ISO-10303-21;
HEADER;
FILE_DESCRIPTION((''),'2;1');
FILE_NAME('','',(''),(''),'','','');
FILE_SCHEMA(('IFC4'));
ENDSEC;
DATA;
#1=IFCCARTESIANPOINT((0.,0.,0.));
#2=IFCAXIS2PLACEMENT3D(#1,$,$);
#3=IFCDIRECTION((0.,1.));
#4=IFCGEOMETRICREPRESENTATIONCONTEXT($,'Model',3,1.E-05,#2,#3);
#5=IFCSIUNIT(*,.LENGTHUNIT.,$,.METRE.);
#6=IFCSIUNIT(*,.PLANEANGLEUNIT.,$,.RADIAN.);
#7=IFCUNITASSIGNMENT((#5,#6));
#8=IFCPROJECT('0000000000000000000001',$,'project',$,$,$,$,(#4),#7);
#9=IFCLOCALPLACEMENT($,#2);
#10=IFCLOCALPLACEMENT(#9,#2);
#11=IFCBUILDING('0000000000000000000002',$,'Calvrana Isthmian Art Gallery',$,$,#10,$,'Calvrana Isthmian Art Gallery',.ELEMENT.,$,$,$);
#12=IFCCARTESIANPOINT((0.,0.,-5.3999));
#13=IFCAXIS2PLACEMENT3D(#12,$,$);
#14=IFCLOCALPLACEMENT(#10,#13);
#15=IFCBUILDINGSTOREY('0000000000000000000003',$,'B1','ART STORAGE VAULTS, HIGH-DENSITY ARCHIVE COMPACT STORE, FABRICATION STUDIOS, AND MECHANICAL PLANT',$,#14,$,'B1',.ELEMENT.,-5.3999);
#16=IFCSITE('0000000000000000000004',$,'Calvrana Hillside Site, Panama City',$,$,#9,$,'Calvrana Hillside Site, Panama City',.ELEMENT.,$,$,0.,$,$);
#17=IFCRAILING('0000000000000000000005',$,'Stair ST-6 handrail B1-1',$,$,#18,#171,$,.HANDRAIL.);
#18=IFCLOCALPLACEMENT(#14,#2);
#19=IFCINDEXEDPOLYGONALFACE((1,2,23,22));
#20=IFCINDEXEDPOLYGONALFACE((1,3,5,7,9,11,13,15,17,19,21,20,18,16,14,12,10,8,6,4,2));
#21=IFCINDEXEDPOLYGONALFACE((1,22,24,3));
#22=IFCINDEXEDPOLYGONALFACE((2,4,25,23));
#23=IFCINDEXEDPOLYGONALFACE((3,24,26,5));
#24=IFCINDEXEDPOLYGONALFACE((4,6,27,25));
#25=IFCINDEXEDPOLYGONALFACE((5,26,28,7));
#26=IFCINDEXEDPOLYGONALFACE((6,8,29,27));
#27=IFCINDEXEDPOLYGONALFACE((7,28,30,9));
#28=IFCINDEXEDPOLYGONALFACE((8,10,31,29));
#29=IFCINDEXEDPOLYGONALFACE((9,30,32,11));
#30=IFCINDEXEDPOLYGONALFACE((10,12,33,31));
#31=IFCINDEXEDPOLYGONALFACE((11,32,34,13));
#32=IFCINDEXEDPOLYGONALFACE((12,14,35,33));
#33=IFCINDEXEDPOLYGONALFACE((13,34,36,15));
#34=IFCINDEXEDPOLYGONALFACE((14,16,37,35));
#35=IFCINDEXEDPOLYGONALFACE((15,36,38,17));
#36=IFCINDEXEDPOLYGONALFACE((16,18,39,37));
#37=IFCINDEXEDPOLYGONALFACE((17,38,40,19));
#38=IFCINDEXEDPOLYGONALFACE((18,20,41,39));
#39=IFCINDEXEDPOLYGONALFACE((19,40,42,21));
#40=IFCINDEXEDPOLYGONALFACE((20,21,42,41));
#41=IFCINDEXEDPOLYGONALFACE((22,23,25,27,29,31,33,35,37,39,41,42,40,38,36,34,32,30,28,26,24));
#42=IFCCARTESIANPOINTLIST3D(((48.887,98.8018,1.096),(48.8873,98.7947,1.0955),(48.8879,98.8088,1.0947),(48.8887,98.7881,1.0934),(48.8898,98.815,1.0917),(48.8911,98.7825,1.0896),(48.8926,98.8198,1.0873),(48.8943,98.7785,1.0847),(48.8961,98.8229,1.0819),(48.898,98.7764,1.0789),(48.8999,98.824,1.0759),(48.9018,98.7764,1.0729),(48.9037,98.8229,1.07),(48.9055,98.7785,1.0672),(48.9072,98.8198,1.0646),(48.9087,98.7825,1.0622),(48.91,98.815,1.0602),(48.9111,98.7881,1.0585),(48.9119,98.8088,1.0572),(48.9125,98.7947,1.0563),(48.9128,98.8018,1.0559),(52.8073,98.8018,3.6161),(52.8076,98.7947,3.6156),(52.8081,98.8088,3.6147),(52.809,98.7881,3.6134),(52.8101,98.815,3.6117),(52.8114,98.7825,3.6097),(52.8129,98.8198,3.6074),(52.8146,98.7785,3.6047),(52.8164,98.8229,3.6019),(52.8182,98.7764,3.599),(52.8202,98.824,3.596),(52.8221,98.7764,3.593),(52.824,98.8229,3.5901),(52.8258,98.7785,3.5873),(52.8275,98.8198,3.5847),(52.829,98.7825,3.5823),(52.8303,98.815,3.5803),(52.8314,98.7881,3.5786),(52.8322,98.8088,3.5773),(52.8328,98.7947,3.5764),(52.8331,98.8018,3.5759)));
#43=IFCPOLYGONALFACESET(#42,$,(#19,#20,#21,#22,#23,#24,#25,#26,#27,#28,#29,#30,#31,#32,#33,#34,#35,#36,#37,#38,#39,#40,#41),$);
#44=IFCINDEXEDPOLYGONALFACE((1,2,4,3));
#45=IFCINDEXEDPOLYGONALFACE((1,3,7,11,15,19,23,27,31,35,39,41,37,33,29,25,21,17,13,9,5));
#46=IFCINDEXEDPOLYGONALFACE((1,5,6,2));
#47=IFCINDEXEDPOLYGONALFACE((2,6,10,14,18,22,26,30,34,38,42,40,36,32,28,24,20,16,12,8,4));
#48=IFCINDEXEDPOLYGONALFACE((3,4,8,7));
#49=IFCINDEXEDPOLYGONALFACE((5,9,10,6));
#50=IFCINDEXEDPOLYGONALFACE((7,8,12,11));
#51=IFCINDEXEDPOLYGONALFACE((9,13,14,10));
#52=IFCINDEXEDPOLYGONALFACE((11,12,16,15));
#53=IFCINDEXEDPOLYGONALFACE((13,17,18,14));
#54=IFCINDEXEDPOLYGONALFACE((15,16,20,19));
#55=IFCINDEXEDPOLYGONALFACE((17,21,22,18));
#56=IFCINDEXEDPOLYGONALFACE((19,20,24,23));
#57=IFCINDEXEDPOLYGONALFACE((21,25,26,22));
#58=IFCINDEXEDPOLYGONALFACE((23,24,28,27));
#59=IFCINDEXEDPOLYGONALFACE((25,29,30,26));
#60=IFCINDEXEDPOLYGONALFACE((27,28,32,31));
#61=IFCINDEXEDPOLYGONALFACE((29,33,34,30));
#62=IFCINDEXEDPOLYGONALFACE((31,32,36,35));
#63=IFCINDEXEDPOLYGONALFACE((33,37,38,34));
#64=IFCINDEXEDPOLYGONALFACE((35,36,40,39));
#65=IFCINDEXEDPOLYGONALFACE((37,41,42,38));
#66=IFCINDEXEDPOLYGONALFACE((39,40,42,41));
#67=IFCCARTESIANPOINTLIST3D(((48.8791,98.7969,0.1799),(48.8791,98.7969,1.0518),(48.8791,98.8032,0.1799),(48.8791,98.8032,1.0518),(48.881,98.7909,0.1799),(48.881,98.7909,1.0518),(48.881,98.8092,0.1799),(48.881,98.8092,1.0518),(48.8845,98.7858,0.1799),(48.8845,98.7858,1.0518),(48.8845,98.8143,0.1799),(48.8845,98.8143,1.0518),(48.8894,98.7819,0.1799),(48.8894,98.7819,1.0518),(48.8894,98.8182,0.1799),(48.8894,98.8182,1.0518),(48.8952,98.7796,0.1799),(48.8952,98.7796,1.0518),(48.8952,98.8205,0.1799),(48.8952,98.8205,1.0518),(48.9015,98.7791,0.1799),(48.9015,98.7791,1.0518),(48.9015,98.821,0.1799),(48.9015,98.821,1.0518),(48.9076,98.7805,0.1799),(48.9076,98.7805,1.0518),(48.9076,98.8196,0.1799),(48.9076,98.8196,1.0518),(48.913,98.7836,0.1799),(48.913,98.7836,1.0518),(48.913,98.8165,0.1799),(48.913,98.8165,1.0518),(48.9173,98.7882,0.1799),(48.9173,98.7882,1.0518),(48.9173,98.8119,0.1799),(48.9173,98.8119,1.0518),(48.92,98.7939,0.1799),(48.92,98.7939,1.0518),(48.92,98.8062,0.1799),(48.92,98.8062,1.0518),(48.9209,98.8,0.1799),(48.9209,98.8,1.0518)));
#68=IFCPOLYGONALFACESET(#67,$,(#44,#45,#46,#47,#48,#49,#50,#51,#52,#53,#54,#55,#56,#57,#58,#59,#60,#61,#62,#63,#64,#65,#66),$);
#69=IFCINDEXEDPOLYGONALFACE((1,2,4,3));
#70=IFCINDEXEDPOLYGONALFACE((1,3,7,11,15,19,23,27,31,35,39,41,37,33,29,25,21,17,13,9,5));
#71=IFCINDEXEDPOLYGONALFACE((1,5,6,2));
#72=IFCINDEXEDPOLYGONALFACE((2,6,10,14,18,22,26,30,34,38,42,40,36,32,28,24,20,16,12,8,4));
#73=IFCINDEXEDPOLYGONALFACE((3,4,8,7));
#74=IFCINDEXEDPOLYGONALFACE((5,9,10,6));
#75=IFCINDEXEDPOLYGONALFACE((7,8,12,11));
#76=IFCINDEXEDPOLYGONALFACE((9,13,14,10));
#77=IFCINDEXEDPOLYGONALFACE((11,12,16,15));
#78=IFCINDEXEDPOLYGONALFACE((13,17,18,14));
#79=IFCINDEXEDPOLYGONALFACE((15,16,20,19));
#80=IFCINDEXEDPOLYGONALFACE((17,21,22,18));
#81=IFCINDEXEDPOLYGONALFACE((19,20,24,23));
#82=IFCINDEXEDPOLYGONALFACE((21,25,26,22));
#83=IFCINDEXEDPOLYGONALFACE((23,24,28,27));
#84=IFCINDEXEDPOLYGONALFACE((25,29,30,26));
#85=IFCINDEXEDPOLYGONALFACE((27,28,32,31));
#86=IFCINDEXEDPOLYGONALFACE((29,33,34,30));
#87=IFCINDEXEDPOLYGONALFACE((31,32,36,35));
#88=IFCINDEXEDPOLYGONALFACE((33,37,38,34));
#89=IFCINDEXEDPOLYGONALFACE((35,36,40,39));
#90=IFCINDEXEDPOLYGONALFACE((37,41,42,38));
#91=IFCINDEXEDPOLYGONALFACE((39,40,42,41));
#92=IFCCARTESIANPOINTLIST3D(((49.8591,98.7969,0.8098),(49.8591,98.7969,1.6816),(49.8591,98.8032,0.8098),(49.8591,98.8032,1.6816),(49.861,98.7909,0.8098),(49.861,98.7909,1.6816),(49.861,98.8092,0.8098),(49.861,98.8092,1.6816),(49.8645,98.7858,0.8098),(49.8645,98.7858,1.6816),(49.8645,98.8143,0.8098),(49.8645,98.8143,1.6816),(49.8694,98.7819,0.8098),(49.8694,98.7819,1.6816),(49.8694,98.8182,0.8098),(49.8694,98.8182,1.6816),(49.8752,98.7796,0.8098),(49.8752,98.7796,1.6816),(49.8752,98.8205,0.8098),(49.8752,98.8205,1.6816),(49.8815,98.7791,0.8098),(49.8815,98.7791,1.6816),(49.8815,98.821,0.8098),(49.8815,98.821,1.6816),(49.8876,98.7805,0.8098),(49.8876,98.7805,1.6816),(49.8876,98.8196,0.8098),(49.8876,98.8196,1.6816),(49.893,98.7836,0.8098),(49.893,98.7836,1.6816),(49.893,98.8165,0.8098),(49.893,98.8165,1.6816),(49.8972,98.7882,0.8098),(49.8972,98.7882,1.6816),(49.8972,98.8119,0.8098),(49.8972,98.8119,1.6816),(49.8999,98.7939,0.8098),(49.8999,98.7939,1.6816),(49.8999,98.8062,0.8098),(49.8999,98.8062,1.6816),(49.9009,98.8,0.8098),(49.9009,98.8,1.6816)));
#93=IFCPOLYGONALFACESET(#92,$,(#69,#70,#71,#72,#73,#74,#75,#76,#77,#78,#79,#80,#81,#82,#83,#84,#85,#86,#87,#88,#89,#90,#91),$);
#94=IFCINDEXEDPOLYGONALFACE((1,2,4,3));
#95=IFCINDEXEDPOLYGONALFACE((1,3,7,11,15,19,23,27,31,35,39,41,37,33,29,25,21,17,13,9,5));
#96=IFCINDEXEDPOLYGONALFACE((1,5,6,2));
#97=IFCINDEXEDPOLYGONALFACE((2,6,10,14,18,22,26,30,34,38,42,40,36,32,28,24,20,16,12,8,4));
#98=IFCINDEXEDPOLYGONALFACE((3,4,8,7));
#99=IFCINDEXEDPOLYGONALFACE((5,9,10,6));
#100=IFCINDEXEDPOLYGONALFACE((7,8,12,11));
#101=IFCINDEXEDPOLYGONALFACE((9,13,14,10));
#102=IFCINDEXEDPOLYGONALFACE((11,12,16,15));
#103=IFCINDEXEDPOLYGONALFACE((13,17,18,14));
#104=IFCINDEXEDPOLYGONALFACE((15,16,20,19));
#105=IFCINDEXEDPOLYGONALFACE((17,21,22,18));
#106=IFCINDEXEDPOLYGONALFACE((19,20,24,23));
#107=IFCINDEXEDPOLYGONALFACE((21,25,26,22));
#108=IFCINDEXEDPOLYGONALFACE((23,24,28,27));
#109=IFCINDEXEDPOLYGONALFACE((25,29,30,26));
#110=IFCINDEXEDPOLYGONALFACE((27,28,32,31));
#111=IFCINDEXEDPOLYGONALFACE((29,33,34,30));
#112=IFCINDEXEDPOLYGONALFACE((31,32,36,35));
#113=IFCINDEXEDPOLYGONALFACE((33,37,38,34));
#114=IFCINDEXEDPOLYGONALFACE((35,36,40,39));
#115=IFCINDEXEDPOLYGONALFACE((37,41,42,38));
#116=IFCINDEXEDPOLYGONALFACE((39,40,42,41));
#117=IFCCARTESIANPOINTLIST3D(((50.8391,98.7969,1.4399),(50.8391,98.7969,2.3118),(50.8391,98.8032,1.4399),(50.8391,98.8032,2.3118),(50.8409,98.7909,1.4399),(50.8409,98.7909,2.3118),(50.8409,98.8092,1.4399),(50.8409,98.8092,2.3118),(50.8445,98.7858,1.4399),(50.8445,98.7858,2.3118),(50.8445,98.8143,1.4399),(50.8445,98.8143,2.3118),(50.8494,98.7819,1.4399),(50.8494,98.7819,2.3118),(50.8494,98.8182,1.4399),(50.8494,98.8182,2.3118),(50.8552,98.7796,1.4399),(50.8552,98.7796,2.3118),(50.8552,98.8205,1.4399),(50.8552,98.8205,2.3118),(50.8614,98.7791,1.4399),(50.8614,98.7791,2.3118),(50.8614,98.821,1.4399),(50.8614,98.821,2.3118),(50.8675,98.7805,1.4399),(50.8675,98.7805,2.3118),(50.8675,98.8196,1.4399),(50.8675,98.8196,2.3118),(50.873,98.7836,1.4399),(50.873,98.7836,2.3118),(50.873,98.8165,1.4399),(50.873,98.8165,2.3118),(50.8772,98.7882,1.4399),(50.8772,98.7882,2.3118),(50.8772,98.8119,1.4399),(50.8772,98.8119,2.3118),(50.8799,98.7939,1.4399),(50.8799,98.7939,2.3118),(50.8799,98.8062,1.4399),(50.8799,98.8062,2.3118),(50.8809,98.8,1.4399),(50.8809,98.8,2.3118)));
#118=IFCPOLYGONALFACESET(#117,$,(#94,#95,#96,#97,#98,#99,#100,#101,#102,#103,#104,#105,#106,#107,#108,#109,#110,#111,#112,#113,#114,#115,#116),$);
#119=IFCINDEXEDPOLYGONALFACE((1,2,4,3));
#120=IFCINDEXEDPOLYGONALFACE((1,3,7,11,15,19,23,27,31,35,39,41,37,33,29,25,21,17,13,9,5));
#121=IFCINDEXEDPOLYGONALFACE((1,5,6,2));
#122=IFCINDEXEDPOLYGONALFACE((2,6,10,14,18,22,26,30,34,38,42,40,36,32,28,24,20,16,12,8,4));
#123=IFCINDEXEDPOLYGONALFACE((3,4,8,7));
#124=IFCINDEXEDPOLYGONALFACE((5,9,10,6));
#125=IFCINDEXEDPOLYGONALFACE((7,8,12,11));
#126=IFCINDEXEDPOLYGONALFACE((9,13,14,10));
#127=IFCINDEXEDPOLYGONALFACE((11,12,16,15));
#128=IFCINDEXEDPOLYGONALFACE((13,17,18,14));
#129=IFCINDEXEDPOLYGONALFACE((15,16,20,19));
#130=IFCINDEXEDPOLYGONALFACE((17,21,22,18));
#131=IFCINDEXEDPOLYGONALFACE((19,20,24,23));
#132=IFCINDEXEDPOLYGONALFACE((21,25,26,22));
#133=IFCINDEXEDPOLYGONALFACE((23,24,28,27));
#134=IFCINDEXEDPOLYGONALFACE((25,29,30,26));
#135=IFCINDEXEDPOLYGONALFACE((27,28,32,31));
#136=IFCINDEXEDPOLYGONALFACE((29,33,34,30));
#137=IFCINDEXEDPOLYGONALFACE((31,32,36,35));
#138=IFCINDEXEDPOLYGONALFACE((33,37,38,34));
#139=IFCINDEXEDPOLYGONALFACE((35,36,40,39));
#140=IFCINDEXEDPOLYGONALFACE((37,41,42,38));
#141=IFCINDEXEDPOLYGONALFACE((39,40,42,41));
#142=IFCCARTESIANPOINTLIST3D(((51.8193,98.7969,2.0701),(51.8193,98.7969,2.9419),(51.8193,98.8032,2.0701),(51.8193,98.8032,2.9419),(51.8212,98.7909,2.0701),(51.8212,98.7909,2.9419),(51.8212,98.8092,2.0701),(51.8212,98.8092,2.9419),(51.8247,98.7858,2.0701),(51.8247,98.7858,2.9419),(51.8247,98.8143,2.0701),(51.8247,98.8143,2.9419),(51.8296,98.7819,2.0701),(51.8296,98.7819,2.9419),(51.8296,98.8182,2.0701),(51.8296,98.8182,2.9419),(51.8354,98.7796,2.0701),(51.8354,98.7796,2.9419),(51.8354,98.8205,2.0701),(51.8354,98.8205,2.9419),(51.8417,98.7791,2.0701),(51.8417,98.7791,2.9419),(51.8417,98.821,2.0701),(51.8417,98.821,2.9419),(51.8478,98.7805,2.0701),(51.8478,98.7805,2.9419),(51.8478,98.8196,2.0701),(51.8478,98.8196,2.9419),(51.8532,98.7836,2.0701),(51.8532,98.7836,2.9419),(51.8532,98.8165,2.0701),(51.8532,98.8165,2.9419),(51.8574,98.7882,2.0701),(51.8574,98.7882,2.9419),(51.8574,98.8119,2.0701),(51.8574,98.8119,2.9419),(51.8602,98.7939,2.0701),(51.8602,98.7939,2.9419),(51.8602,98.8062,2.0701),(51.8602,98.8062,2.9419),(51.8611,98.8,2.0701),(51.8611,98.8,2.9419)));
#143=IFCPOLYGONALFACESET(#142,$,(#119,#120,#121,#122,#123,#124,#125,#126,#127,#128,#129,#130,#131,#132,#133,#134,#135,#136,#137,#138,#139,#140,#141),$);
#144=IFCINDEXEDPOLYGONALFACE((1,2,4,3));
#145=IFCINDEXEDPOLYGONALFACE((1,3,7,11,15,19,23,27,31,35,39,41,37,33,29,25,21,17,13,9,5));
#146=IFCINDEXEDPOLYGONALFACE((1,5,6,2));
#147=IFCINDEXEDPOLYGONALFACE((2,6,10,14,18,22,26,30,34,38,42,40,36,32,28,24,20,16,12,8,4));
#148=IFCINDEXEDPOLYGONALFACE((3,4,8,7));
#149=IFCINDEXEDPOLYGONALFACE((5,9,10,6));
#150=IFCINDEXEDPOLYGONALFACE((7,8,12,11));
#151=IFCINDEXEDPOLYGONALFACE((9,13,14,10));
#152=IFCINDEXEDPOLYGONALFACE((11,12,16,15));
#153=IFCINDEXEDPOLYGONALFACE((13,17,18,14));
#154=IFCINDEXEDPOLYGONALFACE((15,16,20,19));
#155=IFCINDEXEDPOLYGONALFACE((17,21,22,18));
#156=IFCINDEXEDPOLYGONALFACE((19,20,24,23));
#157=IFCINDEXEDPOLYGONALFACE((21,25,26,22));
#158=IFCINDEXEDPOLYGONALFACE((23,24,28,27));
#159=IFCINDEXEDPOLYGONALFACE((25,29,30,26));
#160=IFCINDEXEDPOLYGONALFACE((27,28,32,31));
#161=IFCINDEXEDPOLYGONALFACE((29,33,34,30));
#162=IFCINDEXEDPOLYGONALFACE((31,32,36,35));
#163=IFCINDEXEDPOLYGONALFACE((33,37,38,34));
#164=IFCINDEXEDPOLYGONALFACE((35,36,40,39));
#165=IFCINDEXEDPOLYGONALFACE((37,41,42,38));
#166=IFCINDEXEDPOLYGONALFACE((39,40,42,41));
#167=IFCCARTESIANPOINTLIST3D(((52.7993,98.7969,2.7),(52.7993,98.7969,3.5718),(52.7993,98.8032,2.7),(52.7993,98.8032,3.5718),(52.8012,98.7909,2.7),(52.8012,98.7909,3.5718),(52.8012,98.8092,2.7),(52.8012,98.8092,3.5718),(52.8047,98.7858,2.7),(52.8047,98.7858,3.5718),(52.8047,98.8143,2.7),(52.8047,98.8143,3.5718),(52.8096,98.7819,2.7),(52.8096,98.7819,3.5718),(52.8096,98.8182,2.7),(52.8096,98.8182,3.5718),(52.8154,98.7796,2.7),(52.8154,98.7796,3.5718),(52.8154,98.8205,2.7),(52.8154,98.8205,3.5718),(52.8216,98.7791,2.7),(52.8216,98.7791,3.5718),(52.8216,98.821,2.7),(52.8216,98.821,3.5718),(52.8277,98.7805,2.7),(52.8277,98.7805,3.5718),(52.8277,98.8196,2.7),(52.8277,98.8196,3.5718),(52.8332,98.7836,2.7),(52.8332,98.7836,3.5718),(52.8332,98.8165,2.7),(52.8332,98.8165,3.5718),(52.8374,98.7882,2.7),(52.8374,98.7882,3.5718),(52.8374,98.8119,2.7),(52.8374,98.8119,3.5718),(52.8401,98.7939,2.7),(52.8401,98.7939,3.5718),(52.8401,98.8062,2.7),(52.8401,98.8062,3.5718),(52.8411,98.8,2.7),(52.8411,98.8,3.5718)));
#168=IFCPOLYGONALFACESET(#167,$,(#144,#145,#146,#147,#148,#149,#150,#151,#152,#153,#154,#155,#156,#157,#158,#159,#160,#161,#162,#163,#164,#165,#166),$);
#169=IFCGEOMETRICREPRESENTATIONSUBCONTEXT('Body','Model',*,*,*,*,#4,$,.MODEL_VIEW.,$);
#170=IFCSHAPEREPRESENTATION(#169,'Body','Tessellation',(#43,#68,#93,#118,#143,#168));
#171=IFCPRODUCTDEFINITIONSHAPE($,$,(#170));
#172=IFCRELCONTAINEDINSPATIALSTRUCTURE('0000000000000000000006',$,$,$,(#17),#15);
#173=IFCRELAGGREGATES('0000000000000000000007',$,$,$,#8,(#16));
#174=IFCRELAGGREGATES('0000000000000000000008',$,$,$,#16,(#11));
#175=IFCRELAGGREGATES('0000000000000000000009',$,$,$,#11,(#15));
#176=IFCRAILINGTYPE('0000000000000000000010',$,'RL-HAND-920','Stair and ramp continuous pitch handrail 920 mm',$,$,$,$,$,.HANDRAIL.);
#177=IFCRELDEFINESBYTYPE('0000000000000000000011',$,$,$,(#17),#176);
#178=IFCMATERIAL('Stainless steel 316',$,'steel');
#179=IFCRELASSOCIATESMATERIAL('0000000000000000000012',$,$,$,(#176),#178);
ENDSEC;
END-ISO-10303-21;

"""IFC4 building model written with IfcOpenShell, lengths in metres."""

from ifc_helpers import new_model, si_unit, direction, frame, origin, origin_2d, place, context, subcontext, project, spatial, circle, extrude, material, type_object, element, save


model = new_model("IFC4")

# Units and contexts
model_context = context("Model", 3, precision=1e-05, world=origin(), true_north=direction((0.0, 1.0)))
body_context = subcontext(model_context, "Body", "Model", "MODEL_VIEW")
ifc_project = project(units=[si_unit("LENGTHUNIT", "METRE"), si_unit("PLANEANGLEUNIT", "RADIAN")], contexts=[model_context])

# Site, building, storey
site_placement = place(None, origin())
site = spatial("IfcSite", under=ifc_project, at=site_placement, Name="Calvrana Hillside Site, Panama City", LongName="Calvrana Hillside Site, Panama City", CompositionType="ELEMENT", RefElevation=0.0)
building_placement = place(site_placement, origin())
building = spatial("IfcBuilding", under=site, at=building_placement, Name="Calvrana Isthmian Art Gallery", LongName="Calvrana Isthmian Art Gallery", CompositionType="ELEMENT")
storey_placement = place(building_placement, frame((0.0, 0.0, -5.3999)))
storey = spatial("IfcBuildingStorey", under=building, at=storey_placement, Name="B1", Description="ART STORAGE VAULTS, HIGH-DENSITY ARCHIVE COMPACT STORE, FABRICATION STUDIOS, AND MECHANICAL PLANT", LongName="B1", CompositionType="ELEMENT", Elevation=-5.3999)

# Railing
ifc_material_1 = material(Name="Stainless steel 316", Category="steel")
railing_type_1 = type_object("IfcRailingType", Name="RL-HAND-920", Description="Stair and ramp continuous pitch handrail 920 mm", PredefinedType="HANDRAIL", material=ifc_material_1)
railing_1_placement = place(storey_placement, frame((48.8999, 98.8, 0.1799)))
element("IfcRailing", 1, at=railing_1_placement, inside=storey, type_object=railing_type_1, Name="Stair ST-6 handrail B1-1", PredefinedType="HANDRAIL", context=body_context, shape_type="SweptSolid", body=[
    extrude(circle(Radius=0.0239, at=origin_2d()), frame((0.0, 0.0, 0.896), z_axis=(0.841187, 0.0, 0.540744), x_axis=(0.0, 1.0, 0.0)), (0.0, 0.0, 1.0), 4.6604),
    extrude(circle(Radius=0.021, at=origin_2d()), origin(), (0.0, 0.0, 1.0), 0.8718),
    extrude(circle(Radius=0.021, at=origin_2d()), frame((0.98, 0.0, 0.6299)), (0.0, 0.0, 1.0), 0.8718),
    extrude(circle(Radius=0.021, at=origin_2d()), frame((1.96, 0.0, 1.26)), (0.0, 0.0, 1.0), 0.8718),
    extrude(circle(Radius=0.021, at=origin_2d()), frame((2.9402, 0.0, 1.8901)), (0.0, 0.0, 1.0), 0.8718),
    extrude(circle(Radius=0.021, at=origin_2d()), frame((3.9202, 0.0, 2.52)), (0.0, 0.0, 1.0), 0.8718),
])

save(model, "model.ifc")
